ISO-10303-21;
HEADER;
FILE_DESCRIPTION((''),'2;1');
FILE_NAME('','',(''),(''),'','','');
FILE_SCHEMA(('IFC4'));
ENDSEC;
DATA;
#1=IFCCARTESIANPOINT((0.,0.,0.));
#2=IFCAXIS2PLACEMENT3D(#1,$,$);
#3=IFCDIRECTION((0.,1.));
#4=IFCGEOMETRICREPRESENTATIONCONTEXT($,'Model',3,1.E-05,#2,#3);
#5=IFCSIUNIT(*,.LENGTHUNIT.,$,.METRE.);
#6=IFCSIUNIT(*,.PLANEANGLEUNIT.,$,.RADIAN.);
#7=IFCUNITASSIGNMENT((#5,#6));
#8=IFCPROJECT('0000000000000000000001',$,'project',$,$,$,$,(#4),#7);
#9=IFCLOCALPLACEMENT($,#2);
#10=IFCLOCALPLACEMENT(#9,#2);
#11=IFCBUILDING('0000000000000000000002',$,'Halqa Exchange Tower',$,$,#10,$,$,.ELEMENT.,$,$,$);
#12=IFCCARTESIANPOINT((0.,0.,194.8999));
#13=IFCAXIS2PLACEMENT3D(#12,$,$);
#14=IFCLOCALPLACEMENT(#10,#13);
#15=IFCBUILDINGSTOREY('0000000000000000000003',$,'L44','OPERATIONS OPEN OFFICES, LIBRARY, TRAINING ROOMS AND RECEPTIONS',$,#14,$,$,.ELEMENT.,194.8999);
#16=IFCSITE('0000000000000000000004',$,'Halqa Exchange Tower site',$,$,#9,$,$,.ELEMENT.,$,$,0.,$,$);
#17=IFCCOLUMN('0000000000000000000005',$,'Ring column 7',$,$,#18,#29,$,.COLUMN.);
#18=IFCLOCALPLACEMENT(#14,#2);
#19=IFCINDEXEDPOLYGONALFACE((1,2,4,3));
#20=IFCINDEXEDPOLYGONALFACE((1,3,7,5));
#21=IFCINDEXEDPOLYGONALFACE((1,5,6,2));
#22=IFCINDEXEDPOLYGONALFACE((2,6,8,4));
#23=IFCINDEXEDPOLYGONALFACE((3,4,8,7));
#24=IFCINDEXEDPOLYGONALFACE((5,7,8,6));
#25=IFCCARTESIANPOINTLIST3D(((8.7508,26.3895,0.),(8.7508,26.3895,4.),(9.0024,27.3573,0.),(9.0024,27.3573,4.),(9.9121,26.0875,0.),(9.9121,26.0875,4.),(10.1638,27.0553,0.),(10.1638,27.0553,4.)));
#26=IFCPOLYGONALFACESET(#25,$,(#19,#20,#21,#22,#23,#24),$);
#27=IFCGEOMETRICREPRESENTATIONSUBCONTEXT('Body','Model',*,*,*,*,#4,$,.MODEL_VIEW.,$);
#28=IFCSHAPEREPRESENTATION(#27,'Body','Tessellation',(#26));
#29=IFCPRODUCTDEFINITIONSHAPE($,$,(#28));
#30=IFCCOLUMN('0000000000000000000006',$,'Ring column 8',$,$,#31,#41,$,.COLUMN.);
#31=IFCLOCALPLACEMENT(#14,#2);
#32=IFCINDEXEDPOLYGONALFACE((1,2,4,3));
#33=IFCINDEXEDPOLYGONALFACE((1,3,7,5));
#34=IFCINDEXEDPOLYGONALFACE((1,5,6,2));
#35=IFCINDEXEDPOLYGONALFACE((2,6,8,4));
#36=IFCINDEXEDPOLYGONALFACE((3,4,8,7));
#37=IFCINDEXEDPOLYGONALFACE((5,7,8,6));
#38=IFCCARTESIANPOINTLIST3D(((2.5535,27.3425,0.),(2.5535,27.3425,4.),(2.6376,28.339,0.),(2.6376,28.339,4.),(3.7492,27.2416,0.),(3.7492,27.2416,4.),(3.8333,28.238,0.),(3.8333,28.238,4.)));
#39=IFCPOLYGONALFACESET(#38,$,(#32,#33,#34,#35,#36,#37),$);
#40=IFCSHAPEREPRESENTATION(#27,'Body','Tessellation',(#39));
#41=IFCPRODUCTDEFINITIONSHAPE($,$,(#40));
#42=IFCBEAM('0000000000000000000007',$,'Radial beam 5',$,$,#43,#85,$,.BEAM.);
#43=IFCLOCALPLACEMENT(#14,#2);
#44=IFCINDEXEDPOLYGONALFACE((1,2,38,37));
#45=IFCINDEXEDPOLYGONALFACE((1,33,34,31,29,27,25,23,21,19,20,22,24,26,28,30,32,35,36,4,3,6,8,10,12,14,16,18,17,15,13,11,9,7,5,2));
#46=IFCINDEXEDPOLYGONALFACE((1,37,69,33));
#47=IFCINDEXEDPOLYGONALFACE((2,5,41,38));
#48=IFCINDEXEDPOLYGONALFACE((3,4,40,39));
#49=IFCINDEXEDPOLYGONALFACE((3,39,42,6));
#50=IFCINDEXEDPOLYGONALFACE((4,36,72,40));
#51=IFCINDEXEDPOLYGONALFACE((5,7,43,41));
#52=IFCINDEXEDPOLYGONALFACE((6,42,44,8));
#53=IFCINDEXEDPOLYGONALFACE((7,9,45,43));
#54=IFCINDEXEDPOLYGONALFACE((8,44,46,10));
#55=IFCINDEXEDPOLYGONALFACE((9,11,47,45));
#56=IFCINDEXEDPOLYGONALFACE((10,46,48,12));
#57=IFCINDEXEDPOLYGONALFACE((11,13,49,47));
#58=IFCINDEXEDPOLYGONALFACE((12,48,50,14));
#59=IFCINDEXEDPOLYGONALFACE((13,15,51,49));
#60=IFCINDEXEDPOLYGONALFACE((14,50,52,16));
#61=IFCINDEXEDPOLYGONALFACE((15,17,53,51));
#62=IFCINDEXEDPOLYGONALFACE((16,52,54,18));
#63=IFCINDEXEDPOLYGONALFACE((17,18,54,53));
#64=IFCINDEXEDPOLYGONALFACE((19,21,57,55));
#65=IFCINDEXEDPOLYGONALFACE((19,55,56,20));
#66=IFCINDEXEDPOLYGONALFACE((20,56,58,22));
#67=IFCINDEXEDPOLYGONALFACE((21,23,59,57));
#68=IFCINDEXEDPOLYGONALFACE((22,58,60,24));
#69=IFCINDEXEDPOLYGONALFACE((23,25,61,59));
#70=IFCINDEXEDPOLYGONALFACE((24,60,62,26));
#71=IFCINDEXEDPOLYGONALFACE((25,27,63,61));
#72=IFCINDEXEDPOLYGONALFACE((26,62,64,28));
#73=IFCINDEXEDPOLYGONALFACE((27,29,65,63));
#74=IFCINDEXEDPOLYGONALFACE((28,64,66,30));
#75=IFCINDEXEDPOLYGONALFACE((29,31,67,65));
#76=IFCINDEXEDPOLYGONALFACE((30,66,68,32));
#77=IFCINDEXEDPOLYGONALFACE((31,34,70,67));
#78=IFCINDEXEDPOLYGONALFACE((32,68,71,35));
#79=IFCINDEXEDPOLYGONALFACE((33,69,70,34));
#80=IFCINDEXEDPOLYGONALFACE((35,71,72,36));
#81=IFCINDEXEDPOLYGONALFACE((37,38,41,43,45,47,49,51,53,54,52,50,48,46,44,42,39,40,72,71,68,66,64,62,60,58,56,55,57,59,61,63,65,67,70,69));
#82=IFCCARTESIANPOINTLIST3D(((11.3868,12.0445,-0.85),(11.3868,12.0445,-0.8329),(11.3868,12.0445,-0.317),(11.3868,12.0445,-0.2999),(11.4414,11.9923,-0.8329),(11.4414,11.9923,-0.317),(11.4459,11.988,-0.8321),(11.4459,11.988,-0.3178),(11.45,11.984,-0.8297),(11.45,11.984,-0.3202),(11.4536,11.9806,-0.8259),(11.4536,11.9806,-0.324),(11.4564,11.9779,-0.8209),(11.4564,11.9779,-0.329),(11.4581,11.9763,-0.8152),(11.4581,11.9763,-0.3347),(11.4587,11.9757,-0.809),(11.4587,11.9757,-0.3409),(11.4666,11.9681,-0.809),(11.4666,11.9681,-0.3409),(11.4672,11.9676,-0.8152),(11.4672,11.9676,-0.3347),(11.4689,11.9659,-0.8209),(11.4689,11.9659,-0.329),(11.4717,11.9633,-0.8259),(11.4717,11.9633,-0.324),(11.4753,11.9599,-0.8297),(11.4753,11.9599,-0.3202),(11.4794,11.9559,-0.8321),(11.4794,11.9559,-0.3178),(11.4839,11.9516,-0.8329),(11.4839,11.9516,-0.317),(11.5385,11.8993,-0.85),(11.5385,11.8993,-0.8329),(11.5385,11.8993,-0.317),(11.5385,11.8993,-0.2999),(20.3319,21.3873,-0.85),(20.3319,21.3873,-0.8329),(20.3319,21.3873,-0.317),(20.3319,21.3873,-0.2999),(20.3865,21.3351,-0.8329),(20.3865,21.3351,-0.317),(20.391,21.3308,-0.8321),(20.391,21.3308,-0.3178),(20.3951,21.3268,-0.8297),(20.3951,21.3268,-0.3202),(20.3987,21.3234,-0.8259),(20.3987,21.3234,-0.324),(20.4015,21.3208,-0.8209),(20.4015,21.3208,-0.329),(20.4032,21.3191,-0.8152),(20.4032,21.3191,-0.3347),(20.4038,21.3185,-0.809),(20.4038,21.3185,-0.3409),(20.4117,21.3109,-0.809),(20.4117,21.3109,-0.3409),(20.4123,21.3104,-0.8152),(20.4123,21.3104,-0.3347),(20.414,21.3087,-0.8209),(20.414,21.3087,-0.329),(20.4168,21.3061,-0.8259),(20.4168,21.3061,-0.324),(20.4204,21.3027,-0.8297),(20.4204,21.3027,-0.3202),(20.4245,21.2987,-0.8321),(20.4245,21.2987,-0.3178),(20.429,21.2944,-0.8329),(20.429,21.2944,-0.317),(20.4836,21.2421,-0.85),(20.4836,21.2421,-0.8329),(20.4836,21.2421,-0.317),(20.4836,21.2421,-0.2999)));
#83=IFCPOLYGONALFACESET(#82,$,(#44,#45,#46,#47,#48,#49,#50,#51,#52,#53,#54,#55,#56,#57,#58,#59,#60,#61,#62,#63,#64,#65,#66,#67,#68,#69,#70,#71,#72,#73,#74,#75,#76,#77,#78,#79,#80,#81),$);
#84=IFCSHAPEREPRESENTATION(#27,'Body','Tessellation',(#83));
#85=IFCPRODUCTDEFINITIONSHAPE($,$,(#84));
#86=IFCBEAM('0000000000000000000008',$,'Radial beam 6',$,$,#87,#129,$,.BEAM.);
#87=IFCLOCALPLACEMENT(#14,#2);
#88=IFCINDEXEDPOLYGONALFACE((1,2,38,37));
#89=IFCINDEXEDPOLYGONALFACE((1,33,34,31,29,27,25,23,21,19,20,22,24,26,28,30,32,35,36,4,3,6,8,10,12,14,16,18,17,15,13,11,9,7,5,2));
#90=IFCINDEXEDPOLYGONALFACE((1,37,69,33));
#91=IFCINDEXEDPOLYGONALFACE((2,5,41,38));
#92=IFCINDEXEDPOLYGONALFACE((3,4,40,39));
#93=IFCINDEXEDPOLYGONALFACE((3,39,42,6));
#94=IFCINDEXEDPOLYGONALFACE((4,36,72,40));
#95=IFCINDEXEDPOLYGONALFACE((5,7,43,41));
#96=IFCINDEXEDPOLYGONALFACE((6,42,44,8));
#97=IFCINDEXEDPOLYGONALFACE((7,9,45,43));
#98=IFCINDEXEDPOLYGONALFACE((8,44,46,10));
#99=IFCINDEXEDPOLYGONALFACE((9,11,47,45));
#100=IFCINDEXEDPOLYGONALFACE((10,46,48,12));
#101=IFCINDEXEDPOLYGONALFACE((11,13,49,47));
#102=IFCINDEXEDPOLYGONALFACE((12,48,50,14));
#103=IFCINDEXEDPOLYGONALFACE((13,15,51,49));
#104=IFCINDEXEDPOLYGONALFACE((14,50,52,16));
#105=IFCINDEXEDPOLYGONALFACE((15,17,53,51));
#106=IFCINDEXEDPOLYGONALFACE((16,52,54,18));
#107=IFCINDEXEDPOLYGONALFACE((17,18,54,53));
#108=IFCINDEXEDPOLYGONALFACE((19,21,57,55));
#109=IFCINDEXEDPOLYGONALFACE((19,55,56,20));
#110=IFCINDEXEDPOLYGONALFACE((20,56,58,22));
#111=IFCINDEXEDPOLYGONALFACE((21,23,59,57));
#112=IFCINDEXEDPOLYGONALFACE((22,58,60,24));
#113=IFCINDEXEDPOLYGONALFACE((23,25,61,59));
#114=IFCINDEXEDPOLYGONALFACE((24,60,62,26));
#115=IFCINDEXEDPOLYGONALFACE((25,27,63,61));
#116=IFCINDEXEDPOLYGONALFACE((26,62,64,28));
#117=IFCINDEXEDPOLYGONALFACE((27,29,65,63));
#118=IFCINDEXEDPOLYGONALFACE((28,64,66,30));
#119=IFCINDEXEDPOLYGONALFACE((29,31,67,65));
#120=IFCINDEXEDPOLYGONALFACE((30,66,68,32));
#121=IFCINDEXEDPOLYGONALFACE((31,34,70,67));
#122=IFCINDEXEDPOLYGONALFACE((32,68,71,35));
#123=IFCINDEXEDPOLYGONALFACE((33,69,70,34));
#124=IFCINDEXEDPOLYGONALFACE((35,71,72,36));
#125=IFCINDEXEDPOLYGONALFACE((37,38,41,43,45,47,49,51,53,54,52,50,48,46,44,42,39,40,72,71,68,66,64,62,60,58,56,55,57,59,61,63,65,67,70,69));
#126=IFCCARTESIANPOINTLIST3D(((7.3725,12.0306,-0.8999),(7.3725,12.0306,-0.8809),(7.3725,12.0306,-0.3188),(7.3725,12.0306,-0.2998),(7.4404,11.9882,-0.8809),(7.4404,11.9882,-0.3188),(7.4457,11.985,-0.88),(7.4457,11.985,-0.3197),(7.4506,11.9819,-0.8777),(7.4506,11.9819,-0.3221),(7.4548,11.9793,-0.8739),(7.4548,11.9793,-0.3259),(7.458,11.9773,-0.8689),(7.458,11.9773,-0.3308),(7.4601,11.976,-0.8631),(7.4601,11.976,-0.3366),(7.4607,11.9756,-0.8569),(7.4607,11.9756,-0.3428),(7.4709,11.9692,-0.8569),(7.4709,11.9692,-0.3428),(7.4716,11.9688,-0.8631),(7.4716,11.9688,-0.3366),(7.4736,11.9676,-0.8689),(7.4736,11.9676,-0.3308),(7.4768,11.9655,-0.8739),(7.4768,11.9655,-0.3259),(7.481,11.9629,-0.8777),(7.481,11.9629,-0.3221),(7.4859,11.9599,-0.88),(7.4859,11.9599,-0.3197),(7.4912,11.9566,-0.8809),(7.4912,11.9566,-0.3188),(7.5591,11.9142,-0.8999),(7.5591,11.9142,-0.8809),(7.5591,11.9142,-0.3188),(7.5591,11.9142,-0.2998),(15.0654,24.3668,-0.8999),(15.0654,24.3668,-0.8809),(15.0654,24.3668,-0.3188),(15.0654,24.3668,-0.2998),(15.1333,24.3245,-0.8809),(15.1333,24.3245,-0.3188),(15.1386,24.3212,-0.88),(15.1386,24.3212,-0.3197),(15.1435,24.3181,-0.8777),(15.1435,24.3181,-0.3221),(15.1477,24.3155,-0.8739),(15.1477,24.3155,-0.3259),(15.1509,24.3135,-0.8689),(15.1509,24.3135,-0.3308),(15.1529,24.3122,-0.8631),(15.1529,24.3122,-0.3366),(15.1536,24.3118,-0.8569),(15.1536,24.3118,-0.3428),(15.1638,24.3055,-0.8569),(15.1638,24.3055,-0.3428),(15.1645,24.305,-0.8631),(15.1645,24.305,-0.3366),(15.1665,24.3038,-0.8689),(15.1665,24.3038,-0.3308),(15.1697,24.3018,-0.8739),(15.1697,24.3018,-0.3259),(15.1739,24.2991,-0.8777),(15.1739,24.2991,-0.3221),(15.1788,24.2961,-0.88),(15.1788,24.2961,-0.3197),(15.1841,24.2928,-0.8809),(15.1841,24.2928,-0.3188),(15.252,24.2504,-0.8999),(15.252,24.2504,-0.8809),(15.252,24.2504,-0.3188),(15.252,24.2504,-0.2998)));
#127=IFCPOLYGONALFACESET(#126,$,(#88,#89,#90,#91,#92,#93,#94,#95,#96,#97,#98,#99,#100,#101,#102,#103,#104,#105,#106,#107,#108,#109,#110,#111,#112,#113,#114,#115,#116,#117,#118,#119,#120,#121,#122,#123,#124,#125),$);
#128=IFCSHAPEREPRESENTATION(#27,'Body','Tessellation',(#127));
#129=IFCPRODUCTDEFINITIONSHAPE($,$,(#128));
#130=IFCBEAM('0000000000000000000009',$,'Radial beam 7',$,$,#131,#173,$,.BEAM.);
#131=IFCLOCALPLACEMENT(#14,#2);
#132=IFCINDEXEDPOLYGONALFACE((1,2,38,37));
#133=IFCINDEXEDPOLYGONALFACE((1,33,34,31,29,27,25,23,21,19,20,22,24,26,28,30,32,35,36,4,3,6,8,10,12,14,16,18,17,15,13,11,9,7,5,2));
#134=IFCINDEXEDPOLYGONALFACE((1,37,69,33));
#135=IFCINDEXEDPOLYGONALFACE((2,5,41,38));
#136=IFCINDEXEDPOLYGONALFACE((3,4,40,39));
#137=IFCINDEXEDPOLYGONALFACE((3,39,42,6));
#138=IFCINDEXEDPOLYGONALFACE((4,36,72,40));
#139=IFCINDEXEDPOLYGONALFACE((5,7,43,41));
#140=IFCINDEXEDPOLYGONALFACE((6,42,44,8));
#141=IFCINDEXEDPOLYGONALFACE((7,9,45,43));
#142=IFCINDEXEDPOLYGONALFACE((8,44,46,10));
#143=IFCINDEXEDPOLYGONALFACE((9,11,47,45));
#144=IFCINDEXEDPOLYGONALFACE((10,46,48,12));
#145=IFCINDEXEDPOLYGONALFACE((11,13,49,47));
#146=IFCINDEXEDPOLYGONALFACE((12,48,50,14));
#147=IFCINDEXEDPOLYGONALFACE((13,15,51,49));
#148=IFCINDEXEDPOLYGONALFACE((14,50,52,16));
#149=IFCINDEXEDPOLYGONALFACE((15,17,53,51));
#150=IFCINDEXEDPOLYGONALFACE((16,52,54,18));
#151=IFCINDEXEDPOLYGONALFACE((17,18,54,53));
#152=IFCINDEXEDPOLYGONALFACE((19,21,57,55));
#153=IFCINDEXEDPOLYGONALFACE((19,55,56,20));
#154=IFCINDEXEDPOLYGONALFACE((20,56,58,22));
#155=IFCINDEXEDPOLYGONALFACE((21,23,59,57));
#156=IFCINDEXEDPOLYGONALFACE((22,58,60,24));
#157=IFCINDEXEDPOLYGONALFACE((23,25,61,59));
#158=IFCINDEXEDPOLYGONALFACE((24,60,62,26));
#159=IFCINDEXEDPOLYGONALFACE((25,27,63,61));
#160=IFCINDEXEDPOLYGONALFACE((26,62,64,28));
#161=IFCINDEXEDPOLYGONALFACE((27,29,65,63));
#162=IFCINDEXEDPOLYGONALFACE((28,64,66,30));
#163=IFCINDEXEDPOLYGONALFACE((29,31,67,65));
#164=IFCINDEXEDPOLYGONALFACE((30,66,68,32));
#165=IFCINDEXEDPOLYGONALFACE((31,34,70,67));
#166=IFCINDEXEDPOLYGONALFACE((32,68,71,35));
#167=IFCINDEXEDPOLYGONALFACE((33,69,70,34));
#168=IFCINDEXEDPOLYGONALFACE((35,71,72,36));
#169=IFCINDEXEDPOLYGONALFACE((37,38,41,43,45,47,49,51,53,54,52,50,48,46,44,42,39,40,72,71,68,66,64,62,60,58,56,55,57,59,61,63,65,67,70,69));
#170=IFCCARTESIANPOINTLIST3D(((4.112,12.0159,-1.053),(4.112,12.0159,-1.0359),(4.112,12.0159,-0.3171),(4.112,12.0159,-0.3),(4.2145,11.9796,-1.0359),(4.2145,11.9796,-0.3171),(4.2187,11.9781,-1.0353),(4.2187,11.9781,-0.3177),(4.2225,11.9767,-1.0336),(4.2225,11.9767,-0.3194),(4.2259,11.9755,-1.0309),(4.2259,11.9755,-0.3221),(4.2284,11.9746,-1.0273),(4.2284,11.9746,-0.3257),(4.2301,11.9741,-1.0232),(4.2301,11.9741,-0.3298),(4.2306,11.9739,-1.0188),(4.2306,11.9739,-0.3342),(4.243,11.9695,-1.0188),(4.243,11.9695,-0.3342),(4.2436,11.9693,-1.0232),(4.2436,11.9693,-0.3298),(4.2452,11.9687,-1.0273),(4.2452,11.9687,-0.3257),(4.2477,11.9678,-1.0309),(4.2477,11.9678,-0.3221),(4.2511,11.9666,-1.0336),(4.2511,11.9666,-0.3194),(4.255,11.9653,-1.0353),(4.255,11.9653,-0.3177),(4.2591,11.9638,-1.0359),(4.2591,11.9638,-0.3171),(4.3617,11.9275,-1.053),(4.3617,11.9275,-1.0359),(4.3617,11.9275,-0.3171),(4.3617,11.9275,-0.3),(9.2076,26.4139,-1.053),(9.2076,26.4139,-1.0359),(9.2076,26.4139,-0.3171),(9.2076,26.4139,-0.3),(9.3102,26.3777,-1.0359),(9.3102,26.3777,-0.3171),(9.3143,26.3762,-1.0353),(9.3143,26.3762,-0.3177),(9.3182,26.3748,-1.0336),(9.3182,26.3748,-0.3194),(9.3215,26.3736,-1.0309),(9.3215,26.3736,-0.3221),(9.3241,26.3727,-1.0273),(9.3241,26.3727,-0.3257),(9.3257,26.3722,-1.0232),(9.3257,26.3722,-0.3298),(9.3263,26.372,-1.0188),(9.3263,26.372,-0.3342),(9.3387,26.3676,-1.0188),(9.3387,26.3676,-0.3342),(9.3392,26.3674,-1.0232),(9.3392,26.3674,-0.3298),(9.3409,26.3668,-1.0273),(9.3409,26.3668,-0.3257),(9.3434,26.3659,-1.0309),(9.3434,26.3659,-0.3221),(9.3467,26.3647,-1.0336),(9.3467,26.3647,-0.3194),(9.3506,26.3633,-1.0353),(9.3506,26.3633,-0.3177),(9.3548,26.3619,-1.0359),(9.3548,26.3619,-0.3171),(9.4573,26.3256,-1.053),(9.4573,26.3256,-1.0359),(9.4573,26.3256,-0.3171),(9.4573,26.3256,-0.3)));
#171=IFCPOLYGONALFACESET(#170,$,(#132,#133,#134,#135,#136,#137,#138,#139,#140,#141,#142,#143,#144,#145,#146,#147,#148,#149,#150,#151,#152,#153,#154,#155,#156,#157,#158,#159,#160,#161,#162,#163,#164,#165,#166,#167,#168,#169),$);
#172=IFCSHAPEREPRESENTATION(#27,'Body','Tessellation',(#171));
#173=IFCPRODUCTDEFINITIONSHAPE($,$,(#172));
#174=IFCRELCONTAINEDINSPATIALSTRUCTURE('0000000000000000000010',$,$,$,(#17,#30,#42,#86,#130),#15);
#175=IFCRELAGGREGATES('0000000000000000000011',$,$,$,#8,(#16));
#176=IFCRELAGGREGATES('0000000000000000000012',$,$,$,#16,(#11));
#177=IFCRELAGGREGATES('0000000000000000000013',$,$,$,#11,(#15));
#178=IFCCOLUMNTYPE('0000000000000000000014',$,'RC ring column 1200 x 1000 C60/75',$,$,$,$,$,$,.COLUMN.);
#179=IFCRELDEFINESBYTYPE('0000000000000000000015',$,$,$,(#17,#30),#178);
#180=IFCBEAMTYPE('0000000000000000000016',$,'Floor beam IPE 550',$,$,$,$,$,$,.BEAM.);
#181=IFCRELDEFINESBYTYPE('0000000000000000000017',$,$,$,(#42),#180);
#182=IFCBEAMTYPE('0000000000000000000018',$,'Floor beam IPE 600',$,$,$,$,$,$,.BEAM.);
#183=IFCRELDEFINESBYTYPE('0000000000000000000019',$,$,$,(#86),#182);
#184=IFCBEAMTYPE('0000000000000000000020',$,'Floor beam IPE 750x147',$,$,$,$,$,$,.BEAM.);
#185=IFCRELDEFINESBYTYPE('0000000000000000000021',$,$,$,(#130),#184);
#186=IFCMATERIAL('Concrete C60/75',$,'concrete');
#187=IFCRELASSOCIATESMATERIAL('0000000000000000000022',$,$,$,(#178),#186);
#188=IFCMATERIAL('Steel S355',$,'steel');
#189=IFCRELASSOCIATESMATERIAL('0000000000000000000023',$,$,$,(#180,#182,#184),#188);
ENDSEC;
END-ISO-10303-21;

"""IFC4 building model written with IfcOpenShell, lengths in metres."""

from ifc_helpers import new_model, si_unit, direction, frame, origin, origin_2d, place, context, subcontext, project, spatial, rectangle, i_section, extrude, material, material_profile, profile_set, type_object, element, save


model = new_model("IFC4")

# Units and contexts
model_context = context("Model", 3, precision=1e-05, world=origin(), true_north=direction((0.0, 1.0)))
body_context = subcontext(model_context, "Body", "Model", "MODEL_VIEW")
ifc_project = project(units=[si_unit("LENGTHUNIT", "METRE"), si_unit("PLANEANGLEUNIT", "RADIAN")], contexts=[model_context])

# Site, building, storey
site_placement = place(None, origin())
site = spatial("IfcSite", under=ifc_project, at=site_placement, Name="Halqa Exchange Tower site", CompositionType="ELEMENT", RefElevation=0.0)
building_placement = place(site_placement, origin())
building = spatial("IfcBuilding", under=site, at=building_placement, Name="Halqa Exchange Tower", CompositionType="ELEMENT")
storey_placement = place(building_placement, frame((0.0, 0.0, 194.8999)))
storey = spatial("IfcBuildingStorey", under=building, at=storey_placement, Name="L44", Description="OPERATIONS OPEN OFFICES, LIBRARY, TRAINING ROOMS AND RECEPTIONS", CompositionType="ELEMENT", Elevation=194.8999)

# Columns
ifc_material_1 = material(Name="Concrete C60/75", Category="concrete")
ifc_material_profile_1 = material_profile(ifc_material_1, rectangle(XDim=1.2, YDim=1.0, at=origin_2d()), Name="1200 x 1000")
ifc_profile_set_1 = profile_set([ifc_material_profile_1], Name="Concrete C60/75")
column_type = type_object("IfcColumnType", Name="RC ring column 1200 x 1000 C60/75", PredefinedType="COLUMN", material=ifc_profile_set_1)
for number, where, z_axis, x_axis, name in (
    (1, (9.4573, 26.7224, 0.0), (0.0, 0.0, 1.0), (-0.967821, 0.25164, 0.0), "Ring column 7"),
    (2, (3.1934, 27.7903, 0.0), (0.0, 0.0, 1.0), (-0.996456, 0.084116, 0.0), "Ring column 8"),
):
    element("IfcColumn", number, at=place(storey_placement, frame(where, z_axis=z_axis, x_axis=x_axis)), inside=storey, type_object=column_type, Name=name, PredefinedType="COLUMN", context=body_context, shape_type="SweptSolid", body=[
        extrude(rectangle(XDim=1.2, YDim=1.0, at=origin_2d()), origin(), (0.0, 0.0, 1.0), 4.0),
    ])

# Beams
ifc_material_2 = material(Name="Steel S355", Category="steel")
ifc_material_profile_2 = material_profile(ifc_material_2, i_section(OverallWidth=0.21, OverallDepth=0.55, WebThickness=0.011, FlangeThickness=0.0171, FilletRadius=0.0239, at=origin_2d()), Name="IPE 550")
ifc_profile_set_2 = profile_set([ifc_material_profile_2], Name="Steel S355")
beam_type_1 = type_object("IfcBeamType", Name="Floor beam IPE 550", PredefinedType="BEAM", material=ifc_profile_set_2)
beam_1_placement = place(storey_placement, frame((11.4626, 11.9719, -0.575), z_axis=(0.691566, 0.722313, 0.0), x_axis=(-0.722313, 0.691566, 0.0)))
element("IfcBeam", 3, at=beam_1_placement, inside=storey, type_object=beam_type_1, Name="Radial beam 5", PredefinedType="BEAM", context=body_context, shape_type="SweptSolid", body=[
    extrude(i_section(OverallWidth=0.21, OverallDepth=0.55, WebThickness=0.011, FlangeThickness=0.0171, FilletRadius=0.0239, at=origin_2d()), origin(), (0.0, 0.0, 1.0), 12.9346),
])
ifc_material_profile_3 = material_profile(ifc_material_2, i_section(OverallWidth=0.22, OverallDepth=0.6001, WebThickness=0.012, FlangeThickness=0.019, FilletRadius=0.0239, at=origin_2d()), Name="IPE 600")
ifc_profile_set_3 = profile_set([ifc_material_profile_3], Name="Steel S355")
beam_type_2 = type_object("IfcBeamType", Name="Floor beam IPE 600", PredefinedType="BEAM", material=ifc_profile_set_3)
beam_2_placement = place(storey_placement, frame((7.4658, 11.9724, -0.5999), z_axis=(0.529146, 0.848531, 0.0), x_axis=(-0.848531, 0.529146, 0.0)))
element("IfcBeam", 4, at=beam_2_placement, inside=storey, type_object=beam_type_2, Name="Radial beam 6", PredefinedType="BEAM", context=body_context, shape_type="SweptSolid", body=[
    extrude(i_section(OverallWidth=0.22, OverallDepth=0.6001, WebThickness=0.012, FlangeThickness=0.019, FilletRadius=0.0239, at=origin_2d()), origin(), (0.0, 0.0, 1.0), 14.5383),
])
ifc_material_profile_4 = material_profile(ifc_material_2, i_section(OverallWidth=0.2649, OverallDepth=0.7529, WebThickness=0.0132, FlangeThickness=0.0171, FilletRadius=0.0171, at=origin_2d()), Name="IPE 750x147")
ifc_profile_set_4 = profile_set([ifc_material_profile_4], Name="Steel S355")
beam_type_3 = type_object("IfcBeamType", Name="Floor beam IPE 750x147", PredefinedType="BEAM", material=ifc_profile_set_4)
beam_3_placement = place(storey_placement, frame((4.2368, 11.9717, -0.6765), z_axis=(0.333634, 0.942703, 0.0), x_axis=(-0.942703, 0.333634, 0.0)))
element("IfcBeam", 5, at=beam_3_placement, inside=storey, type_object=beam_type_3, Name="Radial beam 7", PredefinedType="BEAM", context=body_context, shape_type="SweptSolid", body=[
    extrude(i_section(OverallWidth=0.2649, OverallDepth=0.7529, WebThickness=0.0132, FlangeThickness=0.0171, FilletRadius=0.0171, at=origin_2d()), origin(), (0.0, 0.0, 1.0), 15.2732),
])

save(model, "model.ifc")
